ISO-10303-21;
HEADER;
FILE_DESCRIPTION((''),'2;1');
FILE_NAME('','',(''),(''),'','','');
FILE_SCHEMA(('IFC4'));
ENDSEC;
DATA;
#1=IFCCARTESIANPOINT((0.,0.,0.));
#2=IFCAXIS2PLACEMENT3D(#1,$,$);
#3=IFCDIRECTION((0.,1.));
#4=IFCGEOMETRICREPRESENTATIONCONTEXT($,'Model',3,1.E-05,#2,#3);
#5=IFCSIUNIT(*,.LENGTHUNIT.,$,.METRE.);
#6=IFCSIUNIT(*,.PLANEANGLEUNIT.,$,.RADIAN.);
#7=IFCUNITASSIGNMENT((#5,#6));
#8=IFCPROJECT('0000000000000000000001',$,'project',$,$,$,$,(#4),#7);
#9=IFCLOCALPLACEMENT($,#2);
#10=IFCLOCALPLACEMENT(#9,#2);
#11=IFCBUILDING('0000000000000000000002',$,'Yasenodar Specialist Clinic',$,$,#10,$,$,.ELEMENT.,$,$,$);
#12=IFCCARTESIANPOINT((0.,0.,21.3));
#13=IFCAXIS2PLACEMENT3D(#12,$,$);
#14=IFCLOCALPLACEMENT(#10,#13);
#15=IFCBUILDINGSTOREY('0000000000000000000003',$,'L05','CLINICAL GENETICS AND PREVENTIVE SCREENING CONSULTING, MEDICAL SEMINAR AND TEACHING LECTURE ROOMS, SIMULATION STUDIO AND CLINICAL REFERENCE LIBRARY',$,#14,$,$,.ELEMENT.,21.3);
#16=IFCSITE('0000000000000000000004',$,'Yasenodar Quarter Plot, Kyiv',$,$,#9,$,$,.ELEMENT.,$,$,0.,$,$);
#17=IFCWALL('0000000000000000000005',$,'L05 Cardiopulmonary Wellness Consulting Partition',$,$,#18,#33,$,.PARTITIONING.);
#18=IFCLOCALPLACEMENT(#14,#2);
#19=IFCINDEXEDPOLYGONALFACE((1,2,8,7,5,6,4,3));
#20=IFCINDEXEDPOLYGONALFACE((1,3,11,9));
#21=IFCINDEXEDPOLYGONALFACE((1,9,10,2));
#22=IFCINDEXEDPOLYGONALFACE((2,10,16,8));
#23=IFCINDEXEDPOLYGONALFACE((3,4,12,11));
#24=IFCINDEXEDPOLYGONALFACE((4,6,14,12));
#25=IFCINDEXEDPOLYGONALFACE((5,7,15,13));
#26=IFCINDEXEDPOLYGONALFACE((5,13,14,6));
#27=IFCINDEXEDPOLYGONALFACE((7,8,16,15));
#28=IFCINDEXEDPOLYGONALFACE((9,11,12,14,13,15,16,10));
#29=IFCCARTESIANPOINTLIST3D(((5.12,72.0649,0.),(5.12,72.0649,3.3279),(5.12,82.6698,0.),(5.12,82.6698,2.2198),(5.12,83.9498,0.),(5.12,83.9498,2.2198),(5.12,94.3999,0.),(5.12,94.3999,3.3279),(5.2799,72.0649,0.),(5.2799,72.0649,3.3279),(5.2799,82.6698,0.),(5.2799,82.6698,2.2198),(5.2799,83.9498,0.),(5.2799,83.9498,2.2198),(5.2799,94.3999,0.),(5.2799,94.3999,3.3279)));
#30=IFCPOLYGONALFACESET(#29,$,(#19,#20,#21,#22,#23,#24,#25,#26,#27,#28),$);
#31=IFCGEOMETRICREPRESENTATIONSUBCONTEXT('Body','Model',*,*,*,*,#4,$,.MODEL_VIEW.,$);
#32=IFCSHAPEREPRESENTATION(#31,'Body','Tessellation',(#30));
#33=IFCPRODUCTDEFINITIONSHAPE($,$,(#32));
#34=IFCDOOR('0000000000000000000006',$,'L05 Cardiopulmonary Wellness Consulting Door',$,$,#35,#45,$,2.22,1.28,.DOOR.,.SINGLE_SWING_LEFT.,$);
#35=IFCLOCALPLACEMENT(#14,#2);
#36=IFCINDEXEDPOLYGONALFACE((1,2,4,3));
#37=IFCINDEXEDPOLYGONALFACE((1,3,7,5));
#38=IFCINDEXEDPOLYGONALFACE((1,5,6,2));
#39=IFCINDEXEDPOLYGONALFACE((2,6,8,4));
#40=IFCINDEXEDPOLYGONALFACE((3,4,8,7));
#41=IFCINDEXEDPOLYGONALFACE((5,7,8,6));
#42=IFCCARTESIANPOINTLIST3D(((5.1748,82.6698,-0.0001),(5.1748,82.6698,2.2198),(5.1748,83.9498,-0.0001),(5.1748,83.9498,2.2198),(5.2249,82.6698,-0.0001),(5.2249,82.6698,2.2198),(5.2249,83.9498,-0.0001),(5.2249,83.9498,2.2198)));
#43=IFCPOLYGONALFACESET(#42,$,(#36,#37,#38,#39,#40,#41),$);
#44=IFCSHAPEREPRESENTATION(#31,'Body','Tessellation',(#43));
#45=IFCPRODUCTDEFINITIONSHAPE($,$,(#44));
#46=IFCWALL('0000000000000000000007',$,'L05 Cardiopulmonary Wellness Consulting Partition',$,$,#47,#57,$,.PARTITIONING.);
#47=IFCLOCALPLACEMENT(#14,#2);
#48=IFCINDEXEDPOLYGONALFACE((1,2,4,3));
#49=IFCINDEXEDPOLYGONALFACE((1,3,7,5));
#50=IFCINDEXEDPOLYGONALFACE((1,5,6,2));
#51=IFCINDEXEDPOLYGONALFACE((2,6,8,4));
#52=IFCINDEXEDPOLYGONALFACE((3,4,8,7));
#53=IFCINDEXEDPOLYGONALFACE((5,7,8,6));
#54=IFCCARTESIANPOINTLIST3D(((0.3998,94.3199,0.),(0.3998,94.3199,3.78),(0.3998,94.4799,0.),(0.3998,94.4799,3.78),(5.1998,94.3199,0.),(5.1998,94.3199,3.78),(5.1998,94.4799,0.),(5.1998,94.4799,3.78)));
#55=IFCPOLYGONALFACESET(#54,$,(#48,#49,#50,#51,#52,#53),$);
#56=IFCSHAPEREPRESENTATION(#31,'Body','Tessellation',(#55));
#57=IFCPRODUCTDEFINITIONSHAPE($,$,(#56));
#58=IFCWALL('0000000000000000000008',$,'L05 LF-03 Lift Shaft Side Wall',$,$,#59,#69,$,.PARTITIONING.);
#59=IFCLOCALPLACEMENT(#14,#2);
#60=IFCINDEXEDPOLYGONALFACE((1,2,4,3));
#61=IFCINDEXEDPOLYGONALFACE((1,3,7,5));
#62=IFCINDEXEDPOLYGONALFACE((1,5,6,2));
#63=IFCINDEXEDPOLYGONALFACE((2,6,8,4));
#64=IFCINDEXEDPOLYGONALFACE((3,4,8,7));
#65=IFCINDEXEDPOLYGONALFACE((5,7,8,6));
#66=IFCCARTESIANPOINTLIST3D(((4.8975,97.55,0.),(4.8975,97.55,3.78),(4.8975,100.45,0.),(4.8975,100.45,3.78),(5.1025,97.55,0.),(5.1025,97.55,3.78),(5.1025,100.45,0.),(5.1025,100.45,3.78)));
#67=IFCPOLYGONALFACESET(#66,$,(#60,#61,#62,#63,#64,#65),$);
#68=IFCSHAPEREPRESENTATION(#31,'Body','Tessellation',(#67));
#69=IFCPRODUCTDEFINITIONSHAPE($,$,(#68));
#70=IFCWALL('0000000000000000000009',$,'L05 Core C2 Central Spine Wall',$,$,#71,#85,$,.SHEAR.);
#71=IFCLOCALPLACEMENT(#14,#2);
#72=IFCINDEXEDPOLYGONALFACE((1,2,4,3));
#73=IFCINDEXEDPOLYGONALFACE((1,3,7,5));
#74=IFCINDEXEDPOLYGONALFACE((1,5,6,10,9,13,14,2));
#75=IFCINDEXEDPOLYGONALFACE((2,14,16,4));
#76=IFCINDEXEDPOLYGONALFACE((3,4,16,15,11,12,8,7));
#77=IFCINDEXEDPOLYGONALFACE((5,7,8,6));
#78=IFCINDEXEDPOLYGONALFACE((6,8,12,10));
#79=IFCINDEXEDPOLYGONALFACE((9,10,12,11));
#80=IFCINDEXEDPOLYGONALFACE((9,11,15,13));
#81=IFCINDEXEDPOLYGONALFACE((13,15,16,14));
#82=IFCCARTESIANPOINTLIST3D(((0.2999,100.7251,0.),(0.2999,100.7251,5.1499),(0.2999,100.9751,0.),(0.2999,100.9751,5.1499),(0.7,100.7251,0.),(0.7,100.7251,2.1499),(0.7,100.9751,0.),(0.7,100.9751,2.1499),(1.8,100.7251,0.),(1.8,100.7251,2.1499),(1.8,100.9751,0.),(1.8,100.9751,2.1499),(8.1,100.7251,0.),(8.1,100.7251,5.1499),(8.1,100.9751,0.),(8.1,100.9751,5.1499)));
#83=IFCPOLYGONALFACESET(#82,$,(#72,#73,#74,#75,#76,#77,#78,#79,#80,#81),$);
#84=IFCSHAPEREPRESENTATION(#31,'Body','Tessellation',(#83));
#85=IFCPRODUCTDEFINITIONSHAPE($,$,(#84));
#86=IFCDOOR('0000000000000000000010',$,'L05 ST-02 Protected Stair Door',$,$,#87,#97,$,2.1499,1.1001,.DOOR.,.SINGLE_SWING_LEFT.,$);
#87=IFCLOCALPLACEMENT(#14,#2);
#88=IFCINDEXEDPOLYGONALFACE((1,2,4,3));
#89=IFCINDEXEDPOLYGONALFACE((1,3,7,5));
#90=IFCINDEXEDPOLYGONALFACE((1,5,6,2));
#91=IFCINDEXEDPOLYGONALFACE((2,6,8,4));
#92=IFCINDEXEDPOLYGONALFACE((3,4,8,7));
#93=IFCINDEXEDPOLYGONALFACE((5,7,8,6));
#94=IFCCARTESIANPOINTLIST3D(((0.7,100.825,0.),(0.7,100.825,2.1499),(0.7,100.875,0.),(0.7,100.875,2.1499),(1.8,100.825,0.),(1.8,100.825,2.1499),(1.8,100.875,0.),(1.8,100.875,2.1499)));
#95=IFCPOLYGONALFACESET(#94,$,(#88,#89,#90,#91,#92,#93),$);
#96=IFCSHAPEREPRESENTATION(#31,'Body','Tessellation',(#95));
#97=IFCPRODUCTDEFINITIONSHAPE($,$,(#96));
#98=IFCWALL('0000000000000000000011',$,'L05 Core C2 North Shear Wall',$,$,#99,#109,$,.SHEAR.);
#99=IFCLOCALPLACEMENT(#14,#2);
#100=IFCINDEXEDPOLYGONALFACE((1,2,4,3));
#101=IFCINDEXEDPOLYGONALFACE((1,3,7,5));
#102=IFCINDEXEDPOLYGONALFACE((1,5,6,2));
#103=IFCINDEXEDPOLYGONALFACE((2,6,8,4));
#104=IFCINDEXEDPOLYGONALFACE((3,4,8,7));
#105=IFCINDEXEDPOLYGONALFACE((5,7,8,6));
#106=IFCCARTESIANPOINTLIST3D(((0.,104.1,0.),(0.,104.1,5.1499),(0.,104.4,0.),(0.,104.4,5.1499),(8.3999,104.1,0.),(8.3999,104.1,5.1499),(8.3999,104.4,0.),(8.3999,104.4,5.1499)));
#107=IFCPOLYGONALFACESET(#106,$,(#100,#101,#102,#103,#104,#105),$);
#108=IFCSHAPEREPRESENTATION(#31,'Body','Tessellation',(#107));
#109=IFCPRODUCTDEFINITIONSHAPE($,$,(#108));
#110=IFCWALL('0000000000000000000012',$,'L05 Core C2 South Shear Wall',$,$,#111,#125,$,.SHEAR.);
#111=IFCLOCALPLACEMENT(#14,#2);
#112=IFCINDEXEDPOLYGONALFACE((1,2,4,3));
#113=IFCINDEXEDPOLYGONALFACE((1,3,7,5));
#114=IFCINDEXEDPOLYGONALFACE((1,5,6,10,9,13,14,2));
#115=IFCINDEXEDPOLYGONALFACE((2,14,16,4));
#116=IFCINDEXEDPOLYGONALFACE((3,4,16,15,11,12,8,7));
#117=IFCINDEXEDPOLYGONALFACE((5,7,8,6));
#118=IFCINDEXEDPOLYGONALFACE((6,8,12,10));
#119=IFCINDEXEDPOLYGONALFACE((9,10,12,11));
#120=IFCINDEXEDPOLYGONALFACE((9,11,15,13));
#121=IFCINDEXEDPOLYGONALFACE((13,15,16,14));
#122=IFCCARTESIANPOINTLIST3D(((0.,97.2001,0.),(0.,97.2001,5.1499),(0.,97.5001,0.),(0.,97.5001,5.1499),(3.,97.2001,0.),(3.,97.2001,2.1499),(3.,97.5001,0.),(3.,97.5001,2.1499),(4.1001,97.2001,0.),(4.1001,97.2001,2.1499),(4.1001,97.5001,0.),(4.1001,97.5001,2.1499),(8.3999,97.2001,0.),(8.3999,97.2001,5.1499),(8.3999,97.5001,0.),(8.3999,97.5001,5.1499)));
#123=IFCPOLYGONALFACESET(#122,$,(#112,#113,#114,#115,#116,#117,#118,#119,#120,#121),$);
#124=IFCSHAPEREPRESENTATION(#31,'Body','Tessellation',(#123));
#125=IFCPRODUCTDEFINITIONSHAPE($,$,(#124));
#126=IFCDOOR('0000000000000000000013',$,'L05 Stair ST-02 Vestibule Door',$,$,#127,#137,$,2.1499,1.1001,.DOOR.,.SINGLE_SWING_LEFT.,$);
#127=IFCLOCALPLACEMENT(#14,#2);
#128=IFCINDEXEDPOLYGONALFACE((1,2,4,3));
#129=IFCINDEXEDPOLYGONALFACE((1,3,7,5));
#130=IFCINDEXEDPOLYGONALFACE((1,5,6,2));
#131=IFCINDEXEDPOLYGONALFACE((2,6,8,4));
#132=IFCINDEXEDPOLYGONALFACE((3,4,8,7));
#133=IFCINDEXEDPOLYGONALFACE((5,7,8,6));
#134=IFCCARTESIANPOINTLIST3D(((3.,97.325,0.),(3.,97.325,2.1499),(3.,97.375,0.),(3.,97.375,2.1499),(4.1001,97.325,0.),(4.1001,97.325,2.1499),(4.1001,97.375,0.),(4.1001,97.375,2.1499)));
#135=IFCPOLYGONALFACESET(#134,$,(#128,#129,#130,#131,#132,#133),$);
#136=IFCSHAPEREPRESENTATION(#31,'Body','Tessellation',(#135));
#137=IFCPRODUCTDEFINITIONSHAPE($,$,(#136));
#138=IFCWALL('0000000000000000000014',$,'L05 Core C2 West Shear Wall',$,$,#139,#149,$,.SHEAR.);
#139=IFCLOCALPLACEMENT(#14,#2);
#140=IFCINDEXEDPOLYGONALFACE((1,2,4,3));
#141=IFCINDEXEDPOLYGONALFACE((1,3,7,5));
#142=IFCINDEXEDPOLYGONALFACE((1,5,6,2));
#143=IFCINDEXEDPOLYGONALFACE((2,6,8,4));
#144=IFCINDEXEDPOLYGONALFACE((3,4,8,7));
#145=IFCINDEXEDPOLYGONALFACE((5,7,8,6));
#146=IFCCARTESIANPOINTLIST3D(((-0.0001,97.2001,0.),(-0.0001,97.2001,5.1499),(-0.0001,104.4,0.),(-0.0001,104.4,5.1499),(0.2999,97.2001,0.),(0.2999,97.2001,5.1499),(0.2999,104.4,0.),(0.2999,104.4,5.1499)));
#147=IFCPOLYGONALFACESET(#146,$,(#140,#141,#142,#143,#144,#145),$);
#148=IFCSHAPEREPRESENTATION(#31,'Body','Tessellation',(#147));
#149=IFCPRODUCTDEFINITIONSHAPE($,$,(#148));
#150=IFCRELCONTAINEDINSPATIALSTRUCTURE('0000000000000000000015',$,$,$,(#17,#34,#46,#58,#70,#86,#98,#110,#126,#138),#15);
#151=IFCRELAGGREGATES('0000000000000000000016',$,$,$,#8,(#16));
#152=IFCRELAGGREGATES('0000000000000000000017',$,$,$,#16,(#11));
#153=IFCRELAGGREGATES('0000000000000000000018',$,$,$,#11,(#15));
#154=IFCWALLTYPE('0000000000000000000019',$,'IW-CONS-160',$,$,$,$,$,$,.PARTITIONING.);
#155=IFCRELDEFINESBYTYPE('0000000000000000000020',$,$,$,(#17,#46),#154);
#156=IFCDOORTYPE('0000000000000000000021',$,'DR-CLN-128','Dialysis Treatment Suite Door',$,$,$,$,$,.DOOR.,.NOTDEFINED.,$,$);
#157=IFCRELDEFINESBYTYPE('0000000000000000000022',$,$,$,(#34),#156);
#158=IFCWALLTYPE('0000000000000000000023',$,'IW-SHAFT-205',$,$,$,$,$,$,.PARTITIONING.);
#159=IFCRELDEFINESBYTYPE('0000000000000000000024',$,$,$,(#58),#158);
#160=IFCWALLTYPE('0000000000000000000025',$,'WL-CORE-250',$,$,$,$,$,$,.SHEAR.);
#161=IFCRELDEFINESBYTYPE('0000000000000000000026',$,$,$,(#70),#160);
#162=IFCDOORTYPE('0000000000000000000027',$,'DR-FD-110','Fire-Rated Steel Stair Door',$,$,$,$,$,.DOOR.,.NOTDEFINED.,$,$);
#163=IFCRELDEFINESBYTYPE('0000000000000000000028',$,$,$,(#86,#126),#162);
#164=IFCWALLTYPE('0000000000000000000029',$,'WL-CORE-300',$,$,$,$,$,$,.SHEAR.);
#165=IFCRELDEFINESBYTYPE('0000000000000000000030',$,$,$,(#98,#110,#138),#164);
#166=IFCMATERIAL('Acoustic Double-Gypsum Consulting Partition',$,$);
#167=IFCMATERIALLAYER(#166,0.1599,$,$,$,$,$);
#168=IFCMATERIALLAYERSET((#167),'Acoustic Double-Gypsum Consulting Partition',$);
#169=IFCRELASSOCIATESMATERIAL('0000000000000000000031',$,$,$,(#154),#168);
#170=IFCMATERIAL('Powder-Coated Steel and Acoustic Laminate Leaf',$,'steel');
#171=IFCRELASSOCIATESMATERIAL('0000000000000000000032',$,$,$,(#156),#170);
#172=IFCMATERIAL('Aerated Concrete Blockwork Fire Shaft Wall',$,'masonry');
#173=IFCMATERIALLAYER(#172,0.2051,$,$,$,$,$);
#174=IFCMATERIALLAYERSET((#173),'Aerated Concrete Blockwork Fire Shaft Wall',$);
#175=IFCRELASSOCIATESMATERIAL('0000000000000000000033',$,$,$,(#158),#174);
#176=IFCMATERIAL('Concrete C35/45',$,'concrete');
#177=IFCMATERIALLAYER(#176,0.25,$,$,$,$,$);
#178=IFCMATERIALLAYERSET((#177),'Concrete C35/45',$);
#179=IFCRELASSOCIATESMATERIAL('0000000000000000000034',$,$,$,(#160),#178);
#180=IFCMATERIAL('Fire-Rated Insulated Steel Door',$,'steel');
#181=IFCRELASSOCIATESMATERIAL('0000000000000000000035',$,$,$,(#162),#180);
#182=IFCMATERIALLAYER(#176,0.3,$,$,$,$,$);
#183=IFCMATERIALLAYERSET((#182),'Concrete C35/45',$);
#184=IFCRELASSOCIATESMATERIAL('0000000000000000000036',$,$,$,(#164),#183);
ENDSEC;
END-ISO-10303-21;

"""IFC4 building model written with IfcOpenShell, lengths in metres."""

from ifc_helpers import new_model, si_unit, direction, frame, frame_2d, origin, place, context, subcontext, project, spatial, rectangle, extrude, material, layer, layer_set, type_object, element, fill, save


model = new_model("IFC4")

# Units and contexts
model_context = context("Model", 3, precision=1e-05, world=origin(), true_north=direction((0.0, 1.0)))
body_context = subcontext(model_context, "Body", "Model", "MODEL_VIEW")
ifc_project = project(units=[si_unit("LENGTHUNIT", "METRE"), si_unit("PLANEANGLEUNIT", "RADIAN")], contexts=[model_context])

# Site, building, storey
site_placement = place(None, origin())
site = spatial("IfcSite", under=ifc_project, at=site_placement, Name="Yasenodar Quarter Plot, Kyiv", CompositionType="ELEMENT", RefElevation=0.0)
building_placement = place(site_placement, origin())
building = spatial("IfcBuilding", under=site, at=building_placement, Name="Yasenodar Specialist Clinic", CompositionType="ELEMENT")
storey_placement = place(building_placement, frame((0.0, 0.0, 21.3)))
storey = spatial("IfcBuildingStorey", under=building, at=storey_placement, Name="L05", Description="CLINICAL GENETICS AND PREVENTIVE SCREENING CONSULTING, MEDICAL SEMINAR AND TEACHING LECTURE ROOMS, SIMULATION STUDIO AND CLINICAL REFERENCE LIBRARY", CompositionType="ELEMENT", Elevation=21.3)

# Wall, opening, door
ifc_material_1 = material(Name="Acoustic Double-Gypsum Consulting Partition")
ifc_layer_1 = layer(ifc_material_1, 0.1599)
ifc_layer_set_1 = layer_set([ifc_layer_1], Name="Acoustic Double-Gypsum Consulting Partition")
wall_type_1 = type_object("IfcWallType", Name="IW-CONS-160", PredefinedType="PARTITIONING", material=ifc_layer_set_1)
wall_1_placement = place(storey_placement, frame((5.2, 94.3999, 0.0), z_axis=(0.0, 0.0, 1.0), x_axis=(0.0, -1.0, 0.0)))
wall_1 = element("IfcWall", 1, at=wall_1_placement, inside=storey, type_object=wall_type_1, Name="L05 Cardiopulmonary Wellness Consulting Partition", PredefinedType="PARTITIONING", context=body_context, shape_type="SweptSolid", body=[
    extrude(rectangle(XDim=22.335, YDim=0.1599, at=frame_2d((11.1675, 0.0))), origin(), (0.0, 0.0, 1.0), 3.3279),
])
opening_1_placement = place(wall_1_placement, frame((10.45, 0.0, 0.0)))
opening_1 = element("IfcOpeningElement", 2, at=opening_1_placement, cuts=wall_1, PredefinedType="OPENING", context=body_context, shape_type="SweptSolid", body=[
    extrude(rectangle(XDim=1.28, YDim=2.22, at=frame_2d((0.6401, 1.1099))), frame((0.0, 0.0898, 0.0), z_axis=(0.0, -1.0, 0.0), x_axis=(1.0, 0.0, 0.0)), (0.0, 0.0, 1.0), 0.1799),
])
ifc_material_2 = material(Name="Powder-Coated Steel and Acoustic Laminate Leaf", Category="steel")
door_type_1 = type_object("IfcDoorType", Name="DR-CLN-128", Description="Dialysis Treatment Suite Door", OperationType="NOTDEFINED", PredefinedType="DOOR", material=ifc_material_2)
door_1_placement = place(opening_1_placement, origin())
door_1 = element("IfcDoor", 3, at=door_1_placement, inside=storey, type_object=door_type_1, Name="L05 Cardiopulmonary Wellness Consulting Door", OperationType="SINGLE_SWING_LEFT", OverallHeight=2.22, OverallWidth=1.28, PredefinedType="DOOR", context=body_context, shape_type="SweptSolid", body=[
    extrude(rectangle(XDim=1.28, YDim=2.22, at=frame_2d((0.6401, 1.1099))), frame((0.0, 0.0249, 0.0), z_axis=(0.0, -1.0, 0.0), x_axis=(1.0, 0.0, 0.0)), (0.0, 0.0, 1.0), 0.05),
])
fill(opening_1, door_1)

# Walls
wall_2_placement = place(storey_placement, frame((0.3999, 94.3999, 0.0), z_axis=(0.0, 0.0, 1.0), x_axis=(1.0, 0.0, 0.0)))
element("IfcWall", 4, at=wall_2_placement, inside=storey, type_object=wall_type_1, Name="L05 Cardiopulmonary Wellness Consulting Partition", PredefinedType="PARTITIONING", context=body_context, shape_type="SweptSolid", body=[
    extrude(rectangle(XDim=4.8, YDim=0.1599, at=frame_2d((2.3999, 0.0))), origin(), (0.0, 0.0, 1.0), 3.78),
])
ifc_material_3 = material(Name="Aerated Concrete Blockwork Fire Shaft Wall", Category="masonry")
ifc_layer_2 = layer(ifc_material_3, 0.2051)
ifc_layer_set_2 = layer_set([ifc_layer_2], Name="Aerated Concrete Blockwork Fire Shaft Wall")
wall_type_2 = type_object("IfcWallType", Name="IW-SHAFT-205", PredefinedType="PARTITIONING", material=ifc_layer_set_2)
wall_3_placement = place(storey_placement, frame((5.0, 97.55, 0.0), z_axis=(0.0, 0.0, 1.0), x_axis=(0.0, 1.0, 0.0)))
element("IfcWall", 5, at=wall_3_placement, inside=storey, type_object=wall_type_2, Name="L05 LF-03 Lift Shaft Side Wall", PredefinedType="PARTITIONING", context=body_context, shape_type="SweptSolid", body=[
    extrude(rectangle(XDim=2.8999, YDim=0.2051, at=frame_2d((1.45, 0.0))), origin(), (0.0, 0.0, 1.0), 3.78),
])

# Wall, opening, door
ifc_material_4 = material(Name="Concrete C35/45", Category="concrete")
ifc_layer_3 = layer(ifc_material_4, 0.25)
ifc_layer_set_3 = layer_set([ifc_layer_3], Name="Concrete C35/45")
wall_type_3 = type_object("IfcWallType", Name="WL-CORE-250", PredefinedType="SHEAR", material=ifc_layer_set_3)
wall_4_placement = place(storey_placement, frame((0.3, 100.8501, 0.0), z_axis=(0.0, 0.0, 1.0), x_axis=(1.0, 0.0, 0.0)))
wall_4 = element("IfcWall", 6, at=wall_4_placement, inside=storey, type_object=wall_type_3, Name="L05 Core C2 Central Spine Wall", PredefinedType="SHEAR", context=body_context, shape_type="SweptSolid", body=[
    extrude(rectangle(XDim=7.8, YDim=0.25, at=frame_2d((3.8999, 0.0))), origin(), (0.0, 0.0, 1.0), 5.1499),
])
opening_2_placement = place(wall_4_placement, frame((0.3999, 0.0, 0.0)))
opening_2 = element("IfcOpeningElement", 7, at=opening_2_placement, cuts=wall_4, PredefinedType="OPENING", context=body_context, shape_type="SweptSolid", body=[
    extrude(rectangle(XDim=1.1001, YDim=2.1499, at=frame_2d((0.55, 1.075))), frame((0.0, 0.135, 0.0), z_axis=(0.0, -1.0, 0.0), x_axis=(1.0, 0.0, 0.0)), (0.0, 0.0, 1.0), 0.27),
])
ifc_material_5 = material(Name="Fire-Rated Insulated Steel Door", Category="steel")
door_type_2 = type_object("IfcDoorType", Name="DR-FD-110", Description="Fire-Rated Steel Stair Door", OperationType="NOTDEFINED", PredefinedType="DOOR", material=ifc_material_5)
door_2_placement = place(opening_2_placement, origin())
door_2 = element("IfcDoor", 8, at=door_2_placement, inside=storey, type_object=door_type_2, Name="L05 ST-02 Protected Stair Door", OperationType="SINGLE_SWING_LEFT", OverallHeight=2.1499, OverallWidth=1.1001, PredefinedType="DOOR", context=body_context, shape_type="SweptSolid", body=[
    extrude(rectangle(XDim=1.1001, YDim=2.1499, at=frame_2d((0.55, 1.075))), frame((0.0, 0.0249, 0.0), z_axis=(0.0, -1.0, 0.0), x_axis=(1.0, 0.0, 0.0)), (0.0, 0.0, 1.0), 0.05),
])
fill(opening_2, door_2)

# Wall
ifc_layer_4 = layer(ifc_material_4, 0.3)
ifc_layer_set_4 = layer_set([ifc_layer_4], Name="Concrete C35/45")
wall_type_4 = type_object("IfcWallType", Name="WL-CORE-300", PredefinedType="SHEAR", material=ifc_layer_set_4)
wall_5_placement = place(storey_placement, frame((0.0, 104.25, 0.0), z_axis=(0.0, 0.0, 1.0), x_axis=(1.0, 0.0, 0.0)))
element("IfcWall", 9, at=wall_5_placement, inside=storey, type_object=wall_type_4, Name="L05 Core C2 North Shear Wall", PredefinedType="SHEAR", context=body_context, shape_type="SweptSolid", body=[
    extrude(rectangle(XDim=8.3999, YDim=0.3, at=frame_2d((4.2, 0.0))), origin(), (0.0, 0.0, 1.0), 5.1499),
])

# Wall, opening, door
wall_6_placement = place(storey_placement, frame((0.0, 97.3501, 0.0), z_axis=(0.0, 0.0, 1.0), x_axis=(1.0, 0.0, 0.0)))
wall_6 = element("IfcWall", 10, at=wall_6_placement, inside=storey, type_object=wall_type_4, Name="L05 Core C2 South Shear Wall", PredefinedType="SHEAR", context=body_context, shape_type="SweptSolid", body=[
    extrude(rectangle(XDim=8.3999, YDim=0.3, at=frame_2d((4.2, 0.0))), origin(), (0.0, 0.0, 1.0), 5.1499),
])
opening_3_placement = place(wall_6_placement, frame((3.0, 0.0, 0.0)))
opening_3 = element("IfcOpeningElement", 11, at=opening_3_placement, cuts=wall_6, PredefinedType="OPENING", context=body_context, shape_type="SweptSolid", body=[
    extrude(rectangle(XDim=1.1001, YDim=2.1499, at=frame_2d((0.55, 1.075))), frame((0.0, 0.1602, 0.0), z_axis=(0.0, -1.0, 0.0), x_axis=(1.0, 0.0, 0.0)), (0.0, 0.0, 1.0), 0.3201),
])
door_3_placement = place(opening_3_placement, origin())
door_3 = element("IfcDoor", 12, at=door_3_placement, inside=storey, type_object=door_type_2, Name="L05 Stair ST-02 Vestibule Door", OperationType="SINGLE_SWING_LEFT", OverallHeight=2.1499, OverallWidth=1.1001, PredefinedType="DOOR", context=body_context, shape_type="SweptSolid", body=[
    extrude(rectangle(XDim=1.1001, YDim=2.1499, at=frame_2d((0.55, 1.075))), frame((0.0, 0.0249, 0.0), z_axis=(0.0, -1.0, 0.0), x_axis=(1.0, 0.0, 0.0)), (0.0, 0.0, 1.0), 0.05),
])
fill(opening_3, door_3)

# Wall
wall_7_placement = place(storey_placement, frame((0.1499, 97.2, 0.0), z_axis=(0.0, 0.0, 1.0), x_axis=(0.0, 1.0, 0.0)))
element("IfcWall", 13, at=wall_7_placement, inside=storey, type_object=wall_type_4, Name="L05 Core C2 West Shear Wall", PredefinedType="SHEAR", context=body_context, shape_type="SweptSolid", body=[
    extrude(rectangle(XDim=7.2, YDim=0.3, at=frame_2d((3.6001, 0.0))), origin(), (0.0, 0.0, 1.0), 5.1499),
])

save(model, "model.ifc")
